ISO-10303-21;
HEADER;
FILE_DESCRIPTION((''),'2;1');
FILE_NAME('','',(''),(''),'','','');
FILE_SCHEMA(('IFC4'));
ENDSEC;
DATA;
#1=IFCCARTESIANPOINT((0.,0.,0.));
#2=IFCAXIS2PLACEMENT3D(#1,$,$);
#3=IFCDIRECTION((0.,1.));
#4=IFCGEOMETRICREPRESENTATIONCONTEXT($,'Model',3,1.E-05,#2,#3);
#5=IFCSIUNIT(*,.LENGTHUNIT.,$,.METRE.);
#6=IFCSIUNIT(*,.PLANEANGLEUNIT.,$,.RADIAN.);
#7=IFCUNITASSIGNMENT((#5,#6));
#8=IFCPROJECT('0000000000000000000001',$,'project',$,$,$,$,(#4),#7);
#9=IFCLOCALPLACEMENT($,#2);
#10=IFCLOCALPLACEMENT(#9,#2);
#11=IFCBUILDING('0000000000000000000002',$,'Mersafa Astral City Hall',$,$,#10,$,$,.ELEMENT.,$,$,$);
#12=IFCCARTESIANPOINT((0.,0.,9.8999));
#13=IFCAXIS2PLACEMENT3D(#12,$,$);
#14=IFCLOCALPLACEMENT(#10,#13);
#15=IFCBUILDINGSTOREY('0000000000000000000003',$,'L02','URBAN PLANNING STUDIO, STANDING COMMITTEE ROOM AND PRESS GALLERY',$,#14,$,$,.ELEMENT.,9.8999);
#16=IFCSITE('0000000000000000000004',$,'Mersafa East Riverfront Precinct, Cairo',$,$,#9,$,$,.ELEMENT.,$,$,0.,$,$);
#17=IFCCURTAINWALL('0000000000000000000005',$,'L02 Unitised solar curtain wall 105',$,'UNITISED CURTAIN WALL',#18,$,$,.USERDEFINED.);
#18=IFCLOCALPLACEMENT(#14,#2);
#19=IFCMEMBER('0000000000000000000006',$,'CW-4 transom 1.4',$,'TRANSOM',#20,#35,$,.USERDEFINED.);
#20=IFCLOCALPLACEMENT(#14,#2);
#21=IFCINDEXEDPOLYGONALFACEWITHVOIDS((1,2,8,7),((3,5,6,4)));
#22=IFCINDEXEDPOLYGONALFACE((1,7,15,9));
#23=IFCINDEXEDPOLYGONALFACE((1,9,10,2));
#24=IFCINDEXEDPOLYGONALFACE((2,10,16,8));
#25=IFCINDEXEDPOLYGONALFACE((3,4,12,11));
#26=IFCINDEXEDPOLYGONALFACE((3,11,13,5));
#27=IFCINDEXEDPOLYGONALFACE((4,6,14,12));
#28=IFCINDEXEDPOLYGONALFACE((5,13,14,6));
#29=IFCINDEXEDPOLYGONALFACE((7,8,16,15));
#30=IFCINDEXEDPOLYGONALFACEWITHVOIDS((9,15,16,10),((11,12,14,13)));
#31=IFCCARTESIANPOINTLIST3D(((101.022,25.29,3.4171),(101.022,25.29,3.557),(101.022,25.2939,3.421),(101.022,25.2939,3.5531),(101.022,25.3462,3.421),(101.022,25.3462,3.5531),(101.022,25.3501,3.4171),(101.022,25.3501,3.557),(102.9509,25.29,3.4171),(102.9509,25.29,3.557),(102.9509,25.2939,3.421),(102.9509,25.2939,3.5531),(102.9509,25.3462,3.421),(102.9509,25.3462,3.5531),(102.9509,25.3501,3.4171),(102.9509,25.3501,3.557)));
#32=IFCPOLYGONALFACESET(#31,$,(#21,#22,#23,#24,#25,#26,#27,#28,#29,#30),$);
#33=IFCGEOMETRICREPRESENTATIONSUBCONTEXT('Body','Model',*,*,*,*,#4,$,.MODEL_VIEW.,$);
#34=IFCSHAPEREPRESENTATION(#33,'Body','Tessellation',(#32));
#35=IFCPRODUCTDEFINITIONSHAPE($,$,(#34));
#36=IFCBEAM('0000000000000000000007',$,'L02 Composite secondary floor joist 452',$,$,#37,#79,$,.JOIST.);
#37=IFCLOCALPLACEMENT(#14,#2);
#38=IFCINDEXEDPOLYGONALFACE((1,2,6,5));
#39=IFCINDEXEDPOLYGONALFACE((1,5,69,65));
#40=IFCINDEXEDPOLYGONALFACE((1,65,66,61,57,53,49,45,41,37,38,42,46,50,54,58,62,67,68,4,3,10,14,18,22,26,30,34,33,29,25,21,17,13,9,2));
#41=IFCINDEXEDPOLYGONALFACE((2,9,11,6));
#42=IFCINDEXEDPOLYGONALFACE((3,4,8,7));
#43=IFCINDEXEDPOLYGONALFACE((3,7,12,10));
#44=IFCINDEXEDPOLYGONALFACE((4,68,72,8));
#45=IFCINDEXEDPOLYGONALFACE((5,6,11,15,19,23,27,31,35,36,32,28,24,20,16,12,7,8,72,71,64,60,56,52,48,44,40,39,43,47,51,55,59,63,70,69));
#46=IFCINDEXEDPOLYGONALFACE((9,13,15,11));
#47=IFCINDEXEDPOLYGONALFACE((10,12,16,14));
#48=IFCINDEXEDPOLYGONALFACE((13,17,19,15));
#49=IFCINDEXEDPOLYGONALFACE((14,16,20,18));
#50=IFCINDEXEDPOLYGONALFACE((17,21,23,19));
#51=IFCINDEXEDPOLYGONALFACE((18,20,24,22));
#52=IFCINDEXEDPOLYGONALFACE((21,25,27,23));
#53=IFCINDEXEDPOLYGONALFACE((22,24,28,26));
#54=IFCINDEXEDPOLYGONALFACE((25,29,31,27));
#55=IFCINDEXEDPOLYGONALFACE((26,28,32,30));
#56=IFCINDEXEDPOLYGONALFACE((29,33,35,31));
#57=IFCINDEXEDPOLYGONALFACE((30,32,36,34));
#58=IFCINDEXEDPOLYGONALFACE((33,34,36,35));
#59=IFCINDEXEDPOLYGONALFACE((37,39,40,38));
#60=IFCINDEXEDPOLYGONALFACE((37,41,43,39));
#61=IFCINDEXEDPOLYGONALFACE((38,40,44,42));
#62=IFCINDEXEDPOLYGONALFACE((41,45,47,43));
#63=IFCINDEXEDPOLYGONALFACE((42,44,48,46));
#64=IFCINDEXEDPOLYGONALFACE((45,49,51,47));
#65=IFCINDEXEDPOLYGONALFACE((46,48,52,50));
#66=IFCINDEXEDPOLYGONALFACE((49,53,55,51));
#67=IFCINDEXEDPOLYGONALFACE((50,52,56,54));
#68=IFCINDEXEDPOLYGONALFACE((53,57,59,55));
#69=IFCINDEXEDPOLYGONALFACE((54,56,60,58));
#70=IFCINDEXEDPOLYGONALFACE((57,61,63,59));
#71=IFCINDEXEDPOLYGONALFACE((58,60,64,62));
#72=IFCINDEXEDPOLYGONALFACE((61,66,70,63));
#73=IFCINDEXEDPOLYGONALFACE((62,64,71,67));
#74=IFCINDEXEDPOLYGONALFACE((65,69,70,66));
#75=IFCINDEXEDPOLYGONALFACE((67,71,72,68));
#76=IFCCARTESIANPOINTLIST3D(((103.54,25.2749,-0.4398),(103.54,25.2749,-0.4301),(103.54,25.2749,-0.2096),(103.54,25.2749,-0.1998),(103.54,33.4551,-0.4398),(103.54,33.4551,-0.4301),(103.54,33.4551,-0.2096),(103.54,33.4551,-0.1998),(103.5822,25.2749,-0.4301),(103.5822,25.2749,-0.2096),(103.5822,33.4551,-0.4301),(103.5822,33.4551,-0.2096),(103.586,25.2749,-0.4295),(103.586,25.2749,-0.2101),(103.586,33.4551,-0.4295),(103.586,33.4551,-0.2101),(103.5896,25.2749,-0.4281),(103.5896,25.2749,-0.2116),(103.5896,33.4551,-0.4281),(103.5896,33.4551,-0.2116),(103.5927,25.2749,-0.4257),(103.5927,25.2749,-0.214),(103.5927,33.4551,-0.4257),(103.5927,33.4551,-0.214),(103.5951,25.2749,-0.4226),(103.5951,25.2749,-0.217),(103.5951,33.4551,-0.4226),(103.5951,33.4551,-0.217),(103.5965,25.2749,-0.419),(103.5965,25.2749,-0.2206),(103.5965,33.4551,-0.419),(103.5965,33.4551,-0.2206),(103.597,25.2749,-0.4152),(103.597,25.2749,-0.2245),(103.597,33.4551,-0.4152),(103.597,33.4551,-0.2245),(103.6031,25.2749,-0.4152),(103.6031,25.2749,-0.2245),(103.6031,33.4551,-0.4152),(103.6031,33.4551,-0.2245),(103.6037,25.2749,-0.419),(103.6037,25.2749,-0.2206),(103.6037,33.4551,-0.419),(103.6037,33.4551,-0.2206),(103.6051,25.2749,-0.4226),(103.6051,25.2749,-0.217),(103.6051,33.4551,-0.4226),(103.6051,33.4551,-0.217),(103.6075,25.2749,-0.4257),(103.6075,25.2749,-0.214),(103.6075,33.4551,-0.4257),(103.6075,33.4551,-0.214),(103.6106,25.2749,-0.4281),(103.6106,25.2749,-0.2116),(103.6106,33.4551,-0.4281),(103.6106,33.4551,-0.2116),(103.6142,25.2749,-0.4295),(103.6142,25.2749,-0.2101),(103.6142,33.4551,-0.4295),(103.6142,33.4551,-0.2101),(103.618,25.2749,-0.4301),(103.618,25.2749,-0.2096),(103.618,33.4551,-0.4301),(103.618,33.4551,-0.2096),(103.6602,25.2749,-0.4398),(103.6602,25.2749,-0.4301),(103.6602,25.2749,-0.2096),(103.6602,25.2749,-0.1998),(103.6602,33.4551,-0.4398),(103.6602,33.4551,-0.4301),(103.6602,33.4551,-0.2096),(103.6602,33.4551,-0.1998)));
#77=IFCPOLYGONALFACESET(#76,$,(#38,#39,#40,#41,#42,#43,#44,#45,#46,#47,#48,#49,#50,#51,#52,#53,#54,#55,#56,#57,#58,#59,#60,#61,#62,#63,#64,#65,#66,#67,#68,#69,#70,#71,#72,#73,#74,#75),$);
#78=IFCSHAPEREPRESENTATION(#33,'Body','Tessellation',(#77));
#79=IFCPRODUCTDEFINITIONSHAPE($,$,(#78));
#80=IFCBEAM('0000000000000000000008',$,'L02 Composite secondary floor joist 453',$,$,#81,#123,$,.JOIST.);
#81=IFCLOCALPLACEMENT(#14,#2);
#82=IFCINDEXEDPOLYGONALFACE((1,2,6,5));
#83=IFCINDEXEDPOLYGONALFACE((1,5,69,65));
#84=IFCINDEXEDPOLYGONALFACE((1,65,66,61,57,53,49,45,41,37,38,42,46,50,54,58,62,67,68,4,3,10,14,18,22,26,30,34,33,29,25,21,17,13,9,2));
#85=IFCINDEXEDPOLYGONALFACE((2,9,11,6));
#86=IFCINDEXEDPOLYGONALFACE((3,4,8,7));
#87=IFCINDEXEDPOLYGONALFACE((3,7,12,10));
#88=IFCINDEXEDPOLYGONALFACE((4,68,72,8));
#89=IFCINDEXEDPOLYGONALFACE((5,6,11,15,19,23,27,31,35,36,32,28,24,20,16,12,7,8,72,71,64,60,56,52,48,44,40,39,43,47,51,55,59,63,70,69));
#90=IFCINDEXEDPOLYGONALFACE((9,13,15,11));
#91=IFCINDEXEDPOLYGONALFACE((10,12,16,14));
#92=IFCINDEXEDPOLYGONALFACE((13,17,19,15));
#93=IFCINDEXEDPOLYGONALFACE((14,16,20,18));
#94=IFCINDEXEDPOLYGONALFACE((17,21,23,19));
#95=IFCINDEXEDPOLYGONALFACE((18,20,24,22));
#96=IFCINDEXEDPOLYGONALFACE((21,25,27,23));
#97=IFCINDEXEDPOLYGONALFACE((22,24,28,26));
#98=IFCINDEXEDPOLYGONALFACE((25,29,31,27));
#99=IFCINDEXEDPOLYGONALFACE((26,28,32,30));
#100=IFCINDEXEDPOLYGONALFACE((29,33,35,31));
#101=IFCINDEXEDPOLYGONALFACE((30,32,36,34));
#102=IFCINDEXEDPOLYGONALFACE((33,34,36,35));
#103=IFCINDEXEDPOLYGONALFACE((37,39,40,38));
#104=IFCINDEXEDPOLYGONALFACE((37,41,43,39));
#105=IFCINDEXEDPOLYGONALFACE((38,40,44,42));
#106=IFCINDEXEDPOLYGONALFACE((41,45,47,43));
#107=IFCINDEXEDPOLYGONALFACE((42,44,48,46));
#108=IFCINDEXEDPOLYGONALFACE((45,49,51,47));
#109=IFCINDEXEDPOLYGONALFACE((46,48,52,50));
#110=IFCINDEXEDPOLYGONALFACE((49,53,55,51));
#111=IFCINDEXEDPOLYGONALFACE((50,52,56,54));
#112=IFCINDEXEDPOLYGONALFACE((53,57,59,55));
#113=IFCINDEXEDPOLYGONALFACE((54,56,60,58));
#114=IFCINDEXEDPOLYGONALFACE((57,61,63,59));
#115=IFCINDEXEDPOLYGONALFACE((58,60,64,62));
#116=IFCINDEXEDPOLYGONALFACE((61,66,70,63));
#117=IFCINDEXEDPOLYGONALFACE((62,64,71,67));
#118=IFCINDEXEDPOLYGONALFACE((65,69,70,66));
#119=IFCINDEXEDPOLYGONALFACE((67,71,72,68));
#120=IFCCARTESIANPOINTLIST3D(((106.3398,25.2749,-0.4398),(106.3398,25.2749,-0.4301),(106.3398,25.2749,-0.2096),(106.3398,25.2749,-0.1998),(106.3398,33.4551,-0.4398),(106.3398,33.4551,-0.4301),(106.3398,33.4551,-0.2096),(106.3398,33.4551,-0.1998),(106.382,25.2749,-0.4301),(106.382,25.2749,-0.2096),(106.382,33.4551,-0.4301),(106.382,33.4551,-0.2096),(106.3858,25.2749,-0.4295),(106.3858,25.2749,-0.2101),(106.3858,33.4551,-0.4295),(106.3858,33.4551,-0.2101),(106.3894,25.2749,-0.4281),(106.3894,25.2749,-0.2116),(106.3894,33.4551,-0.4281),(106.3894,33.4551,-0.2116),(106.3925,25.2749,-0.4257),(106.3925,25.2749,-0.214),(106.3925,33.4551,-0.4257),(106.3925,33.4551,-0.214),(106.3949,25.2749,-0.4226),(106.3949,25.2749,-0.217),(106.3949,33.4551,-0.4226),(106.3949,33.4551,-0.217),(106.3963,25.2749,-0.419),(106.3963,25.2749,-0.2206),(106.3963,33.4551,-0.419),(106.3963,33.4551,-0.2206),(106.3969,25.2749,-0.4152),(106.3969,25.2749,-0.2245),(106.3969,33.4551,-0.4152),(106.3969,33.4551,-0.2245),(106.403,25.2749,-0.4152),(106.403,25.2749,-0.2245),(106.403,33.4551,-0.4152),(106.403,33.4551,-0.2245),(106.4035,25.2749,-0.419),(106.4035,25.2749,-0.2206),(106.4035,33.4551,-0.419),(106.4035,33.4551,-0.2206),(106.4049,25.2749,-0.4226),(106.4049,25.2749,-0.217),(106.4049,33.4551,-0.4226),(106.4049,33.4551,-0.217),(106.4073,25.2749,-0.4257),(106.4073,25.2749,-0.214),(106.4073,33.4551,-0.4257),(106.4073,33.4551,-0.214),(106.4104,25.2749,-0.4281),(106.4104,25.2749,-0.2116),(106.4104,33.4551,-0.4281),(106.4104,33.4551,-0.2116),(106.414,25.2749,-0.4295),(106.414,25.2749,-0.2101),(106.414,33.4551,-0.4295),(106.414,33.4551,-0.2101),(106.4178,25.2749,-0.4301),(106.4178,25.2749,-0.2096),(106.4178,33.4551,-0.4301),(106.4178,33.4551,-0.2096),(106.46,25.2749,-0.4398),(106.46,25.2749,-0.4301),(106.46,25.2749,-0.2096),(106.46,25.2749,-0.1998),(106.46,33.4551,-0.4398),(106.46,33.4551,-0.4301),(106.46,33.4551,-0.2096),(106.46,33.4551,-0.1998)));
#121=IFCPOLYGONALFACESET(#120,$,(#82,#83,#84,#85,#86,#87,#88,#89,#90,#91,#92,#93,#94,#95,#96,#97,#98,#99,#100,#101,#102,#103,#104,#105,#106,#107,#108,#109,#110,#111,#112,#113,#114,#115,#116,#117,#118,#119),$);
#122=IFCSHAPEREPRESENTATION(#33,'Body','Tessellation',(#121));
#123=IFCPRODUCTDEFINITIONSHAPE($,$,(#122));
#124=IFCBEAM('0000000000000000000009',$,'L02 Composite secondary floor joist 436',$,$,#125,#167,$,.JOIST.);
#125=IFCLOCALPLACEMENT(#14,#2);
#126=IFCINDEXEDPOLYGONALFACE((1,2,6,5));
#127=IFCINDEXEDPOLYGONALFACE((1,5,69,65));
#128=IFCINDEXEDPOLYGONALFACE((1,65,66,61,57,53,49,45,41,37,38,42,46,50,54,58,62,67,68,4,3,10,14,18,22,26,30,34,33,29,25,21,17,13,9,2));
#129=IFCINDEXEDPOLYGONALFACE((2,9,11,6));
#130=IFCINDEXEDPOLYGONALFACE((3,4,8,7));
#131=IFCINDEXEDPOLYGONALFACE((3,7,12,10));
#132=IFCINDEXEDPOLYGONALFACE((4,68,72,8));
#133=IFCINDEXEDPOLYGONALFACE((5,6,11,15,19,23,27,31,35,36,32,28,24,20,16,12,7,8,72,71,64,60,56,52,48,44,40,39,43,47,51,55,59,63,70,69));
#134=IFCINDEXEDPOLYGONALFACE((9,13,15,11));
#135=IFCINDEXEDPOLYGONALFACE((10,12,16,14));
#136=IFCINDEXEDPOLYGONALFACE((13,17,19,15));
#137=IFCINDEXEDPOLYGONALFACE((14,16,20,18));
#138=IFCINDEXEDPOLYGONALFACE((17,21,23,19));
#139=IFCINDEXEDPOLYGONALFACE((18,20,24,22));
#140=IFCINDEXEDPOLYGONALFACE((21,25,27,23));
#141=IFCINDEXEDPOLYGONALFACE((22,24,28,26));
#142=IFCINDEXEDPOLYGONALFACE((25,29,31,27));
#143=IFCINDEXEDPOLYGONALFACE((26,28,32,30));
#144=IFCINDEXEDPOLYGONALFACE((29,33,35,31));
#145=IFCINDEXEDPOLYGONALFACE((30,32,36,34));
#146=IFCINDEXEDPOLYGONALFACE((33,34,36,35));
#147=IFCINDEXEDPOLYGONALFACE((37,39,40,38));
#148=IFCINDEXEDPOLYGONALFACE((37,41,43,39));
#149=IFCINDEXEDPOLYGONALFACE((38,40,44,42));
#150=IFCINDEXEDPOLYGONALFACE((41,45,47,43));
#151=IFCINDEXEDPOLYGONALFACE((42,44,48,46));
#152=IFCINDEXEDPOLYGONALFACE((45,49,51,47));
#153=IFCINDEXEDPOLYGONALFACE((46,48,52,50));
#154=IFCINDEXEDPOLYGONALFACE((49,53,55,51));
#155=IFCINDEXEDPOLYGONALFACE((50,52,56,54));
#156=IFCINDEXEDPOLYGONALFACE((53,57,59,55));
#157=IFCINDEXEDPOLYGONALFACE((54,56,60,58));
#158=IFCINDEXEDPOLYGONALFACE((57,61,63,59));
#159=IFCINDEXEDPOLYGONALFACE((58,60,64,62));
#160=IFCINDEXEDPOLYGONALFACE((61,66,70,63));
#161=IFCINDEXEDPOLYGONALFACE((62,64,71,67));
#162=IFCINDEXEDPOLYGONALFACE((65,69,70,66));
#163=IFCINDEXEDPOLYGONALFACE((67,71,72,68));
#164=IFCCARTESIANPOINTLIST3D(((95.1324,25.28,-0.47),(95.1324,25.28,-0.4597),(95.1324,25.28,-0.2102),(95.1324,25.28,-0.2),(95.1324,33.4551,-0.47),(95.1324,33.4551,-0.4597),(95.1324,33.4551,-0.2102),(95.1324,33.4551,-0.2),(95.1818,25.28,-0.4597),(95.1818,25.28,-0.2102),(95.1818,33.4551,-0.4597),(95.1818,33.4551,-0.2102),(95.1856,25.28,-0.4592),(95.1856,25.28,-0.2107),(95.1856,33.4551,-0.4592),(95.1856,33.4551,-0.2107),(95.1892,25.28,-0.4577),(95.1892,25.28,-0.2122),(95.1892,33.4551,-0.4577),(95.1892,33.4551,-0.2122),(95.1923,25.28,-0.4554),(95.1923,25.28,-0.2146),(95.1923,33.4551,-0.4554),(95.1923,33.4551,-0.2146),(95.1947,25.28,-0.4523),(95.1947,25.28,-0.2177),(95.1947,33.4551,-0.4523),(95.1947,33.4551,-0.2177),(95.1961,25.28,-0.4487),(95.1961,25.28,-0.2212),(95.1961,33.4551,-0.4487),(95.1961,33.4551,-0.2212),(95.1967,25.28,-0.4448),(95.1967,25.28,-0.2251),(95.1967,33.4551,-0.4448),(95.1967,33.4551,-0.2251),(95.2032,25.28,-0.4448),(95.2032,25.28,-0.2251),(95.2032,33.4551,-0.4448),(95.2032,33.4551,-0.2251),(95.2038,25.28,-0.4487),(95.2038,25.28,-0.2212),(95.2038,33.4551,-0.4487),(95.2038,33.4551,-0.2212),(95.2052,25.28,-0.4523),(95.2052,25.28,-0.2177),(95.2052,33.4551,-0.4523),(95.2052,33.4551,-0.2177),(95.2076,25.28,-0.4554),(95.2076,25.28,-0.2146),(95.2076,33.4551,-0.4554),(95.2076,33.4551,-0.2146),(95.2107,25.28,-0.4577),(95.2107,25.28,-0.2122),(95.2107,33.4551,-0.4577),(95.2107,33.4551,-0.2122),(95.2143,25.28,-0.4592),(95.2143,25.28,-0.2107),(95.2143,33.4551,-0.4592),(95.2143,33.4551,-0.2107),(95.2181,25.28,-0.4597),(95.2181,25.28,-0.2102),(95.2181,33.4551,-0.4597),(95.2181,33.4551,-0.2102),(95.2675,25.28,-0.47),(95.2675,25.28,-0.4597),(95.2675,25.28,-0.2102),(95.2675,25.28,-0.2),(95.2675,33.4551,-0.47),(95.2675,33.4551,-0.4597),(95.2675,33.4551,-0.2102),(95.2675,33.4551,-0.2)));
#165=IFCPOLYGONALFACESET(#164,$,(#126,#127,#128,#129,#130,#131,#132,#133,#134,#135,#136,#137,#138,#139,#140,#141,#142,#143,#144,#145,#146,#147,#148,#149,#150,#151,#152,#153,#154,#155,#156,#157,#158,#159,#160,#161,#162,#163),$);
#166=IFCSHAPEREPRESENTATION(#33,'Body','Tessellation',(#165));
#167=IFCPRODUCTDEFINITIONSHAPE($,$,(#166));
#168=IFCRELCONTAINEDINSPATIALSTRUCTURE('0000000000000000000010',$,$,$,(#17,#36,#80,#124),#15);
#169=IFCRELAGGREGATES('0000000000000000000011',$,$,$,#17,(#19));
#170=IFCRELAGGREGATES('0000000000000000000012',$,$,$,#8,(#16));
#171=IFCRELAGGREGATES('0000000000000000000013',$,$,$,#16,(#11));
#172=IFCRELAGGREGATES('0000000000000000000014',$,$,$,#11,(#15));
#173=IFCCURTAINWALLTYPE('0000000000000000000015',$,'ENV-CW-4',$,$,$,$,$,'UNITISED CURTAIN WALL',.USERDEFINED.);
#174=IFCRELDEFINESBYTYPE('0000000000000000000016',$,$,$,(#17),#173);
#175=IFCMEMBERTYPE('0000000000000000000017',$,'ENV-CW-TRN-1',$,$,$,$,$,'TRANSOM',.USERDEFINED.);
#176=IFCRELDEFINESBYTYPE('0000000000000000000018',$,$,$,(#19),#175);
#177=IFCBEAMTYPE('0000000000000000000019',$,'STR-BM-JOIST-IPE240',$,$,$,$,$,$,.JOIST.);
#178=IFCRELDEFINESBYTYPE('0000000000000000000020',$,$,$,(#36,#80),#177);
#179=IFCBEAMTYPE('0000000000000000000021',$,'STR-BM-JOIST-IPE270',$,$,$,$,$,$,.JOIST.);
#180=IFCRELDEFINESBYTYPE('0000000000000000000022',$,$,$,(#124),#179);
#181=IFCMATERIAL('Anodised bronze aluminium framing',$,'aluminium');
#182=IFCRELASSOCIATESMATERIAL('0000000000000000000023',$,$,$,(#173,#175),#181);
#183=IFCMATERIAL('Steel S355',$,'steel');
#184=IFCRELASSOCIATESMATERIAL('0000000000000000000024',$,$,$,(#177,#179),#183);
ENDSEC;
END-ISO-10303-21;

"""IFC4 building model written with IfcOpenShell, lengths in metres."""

from ifc_helpers import new_model, si_unit, direction, frame, origin, origin_2d, place, context, subcontext, project, spatial, hollow_rectangle, i_section, extrude, material, material_profile, profile_set, type_object, element, aggregate, save


model = new_model("IFC4")

# Units and contexts
model_context = context("Model", 3, precision=1e-05, world=origin(), true_north=direction((0.0, 1.0)))
body_context = subcontext(model_context, "Body", "Model", "MODEL_VIEW")
ifc_project = project(units=[si_unit("LENGTHUNIT", "METRE"), si_unit("PLANEANGLEUNIT", "RADIAN")], contexts=[model_context])

# Site, building, storey
site_placement = place(None, origin())
site = spatial("IfcSite", under=ifc_project, at=site_placement, Name="Mersafa East Riverfront Precinct, Cairo", CompositionType="ELEMENT", RefElevation=0.0)
building_placement = place(site_placement, origin())
building = spatial("IfcBuilding", under=site, at=building_placement, Name="Mersafa Astral City Hall", CompositionType="ELEMENT")
storey_placement = place(building_placement, frame((0.0, 0.0, 9.8999)))
storey = spatial("IfcBuildingStorey", under=building, at=storey_placement, Name="L02", Description="URBAN PLANNING STUDIO, STANDING COMMITTEE ROOM AND PRESS GALLERY", CompositionType="ELEMENT", Elevation=9.8999)

# Shared definitions
ifc_material_1 = material(Name="Steel S355", Category="steel")

# Curtain wall, member
ifc_material_2 = material(Name="Anodised bronze aluminium framing", Category="aluminium")
curtain_wall_type = type_object("IfcCurtainWallType", Name="ENV-CW-4", ElementType="UNITISED CURTAIN WALL", PredefinedType="USERDEFINED", material=ifc_material_2)
curtain_wall_placement = place(storey_placement, origin())
curtain_wall = element("IfcCurtainWall", 1, at=curtain_wall_placement, inside=storey, type_object=curtain_wall_type, Name="L02 Unitised solar curtain wall 105", ObjectType="UNITISED CURTAIN WALL", PredefinedType="USERDEFINED")
ifc_material_profile_1 = material_profile(ifc_material_2, hollow_rectangle(XDim=0.0601, YDim=0.1399, WallThickness=0.0039, at=origin_2d()), Name="RHS 60x140x4")
ifc_profile_set_1 = profile_set([ifc_material_profile_1], Name="Anodised bronze aluminium framing")
member_type_1 = type_object("IfcMemberType", Name="ENV-CW-TRN-1", ElementType="TRANSOM", PredefinedType="USERDEFINED", material=ifc_profile_set_1)
member_1_placement = place(storey_placement, frame((101.022, 25.3201, 3.4871), z_axis=(1.0, 0.0, 0.0), x_axis=(0.0, 1.0, 0.0)))
member_1 = element("IfcMember", 2, at=member_1_placement, type_object=member_type_1, Name="CW-4 transom 1.4", ObjectType="TRANSOM", PredefinedType="USERDEFINED", context=body_context, shape_type="SweptSolid", body=[
    extrude(hollow_rectangle(XDim=0.0601, YDim=0.1399, WallThickness=0.0039, at=origin_2d()), origin(), (0.0, 0.0, 1.0), 1.929),
])

# Beams
ifc_material_profile_2 = material_profile(ifc_material_1, i_section(OverallWidth=0.1201, OverallDepth=0.24, WebThickness=0.0061, FlangeThickness=0.0098, FilletRadius=0.0149, at=origin_2d()), Name="IPE 240")
ifc_profile_set_2 = profile_set([ifc_material_profile_2], Name="Steel S355")
beam_type_1 = type_object("IfcBeamType", Name="STR-BM-JOIST-IPE240", PredefinedType="JOIST", material=ifc_profile_set_2)
for number, where, z_axis, x_axis, name in (
    (3, (103.6001, 25.2749, -0.3198), (0.0, 1.0, 0.0), (-1.0, 0.0, 0.0), "L02 Composite secondary floor joist 452"),
    (4, (106.3999, 25.2749, -0.3198), (0.0, 1.0, 0.0), (-1.0, 0.0, 0.0), "L02 Composite secondary floor joist 453"),
):
    element("IfcBeam", number, at=place(storey_placement, frame(where, z_axis=z_axis, x_axis=x_axis)), inside=storey, type_object=beam_type_1, Name=name, PredefinedType="JOIST", context=body_context, shape_type="SweptSolid", body=[
        extrude(i_section(OverallWidth=0.1201, OverallDepth=0.24, WebThickness=0.0061, FlangeThickness=0.0098, FilletRadius=0.0149, at=origin_2d()), origin(), (0.0, 0.0, 1.0), 8.1802),
    ])
ifc_material_profile_3 = material_profile(ifc_material_1, i_section(OverallWidth=0.135, OverallDepth=0.27, WebThickness=0.0066, FlangeThickness=0.0103, FilletRadius=0.0149, at=origin_2d()), Name="IPE 270")
ifc_profile_set_3 = profile_set([ifc_material_profile_3], Name="Steel S355")
beam_type_2 = type_object("IfcBeamType", Name="STR-BM-JOIST-IPE270", PredefinedType="JOIST", material=ifc_profile_set_3)
for number, where, z_axis, x_axis, name in (
    (5, (95.2, 25.28, -0.335), (0.0, 1.0, 0.0), (-1.0, 0.0, 0.0), "L02 Composite secondary floor joist 436"),
):
    element("IfcBeam", number, at=place(storey_placement, frame(where, z_axis=z_axis, x_axis=x_axis)), inside=storey, type_object=beam_type_2, Name=name, PredefinedType="JOIST", context=body_context, shape_type="SweptSolid", body=[
        extrude(i_section(OverallWidth=0.135, OverallDepth=0.27, WebThickness=0.0066, FlangeThickness=0.0103, FilletRadius=0.0149, at=origin_2d()), origin(), (0.0, 0.0, 1.0), 8.175),
    ])

aggregate(curtain_wall, [member_1])

save(model, "model.ifc")
